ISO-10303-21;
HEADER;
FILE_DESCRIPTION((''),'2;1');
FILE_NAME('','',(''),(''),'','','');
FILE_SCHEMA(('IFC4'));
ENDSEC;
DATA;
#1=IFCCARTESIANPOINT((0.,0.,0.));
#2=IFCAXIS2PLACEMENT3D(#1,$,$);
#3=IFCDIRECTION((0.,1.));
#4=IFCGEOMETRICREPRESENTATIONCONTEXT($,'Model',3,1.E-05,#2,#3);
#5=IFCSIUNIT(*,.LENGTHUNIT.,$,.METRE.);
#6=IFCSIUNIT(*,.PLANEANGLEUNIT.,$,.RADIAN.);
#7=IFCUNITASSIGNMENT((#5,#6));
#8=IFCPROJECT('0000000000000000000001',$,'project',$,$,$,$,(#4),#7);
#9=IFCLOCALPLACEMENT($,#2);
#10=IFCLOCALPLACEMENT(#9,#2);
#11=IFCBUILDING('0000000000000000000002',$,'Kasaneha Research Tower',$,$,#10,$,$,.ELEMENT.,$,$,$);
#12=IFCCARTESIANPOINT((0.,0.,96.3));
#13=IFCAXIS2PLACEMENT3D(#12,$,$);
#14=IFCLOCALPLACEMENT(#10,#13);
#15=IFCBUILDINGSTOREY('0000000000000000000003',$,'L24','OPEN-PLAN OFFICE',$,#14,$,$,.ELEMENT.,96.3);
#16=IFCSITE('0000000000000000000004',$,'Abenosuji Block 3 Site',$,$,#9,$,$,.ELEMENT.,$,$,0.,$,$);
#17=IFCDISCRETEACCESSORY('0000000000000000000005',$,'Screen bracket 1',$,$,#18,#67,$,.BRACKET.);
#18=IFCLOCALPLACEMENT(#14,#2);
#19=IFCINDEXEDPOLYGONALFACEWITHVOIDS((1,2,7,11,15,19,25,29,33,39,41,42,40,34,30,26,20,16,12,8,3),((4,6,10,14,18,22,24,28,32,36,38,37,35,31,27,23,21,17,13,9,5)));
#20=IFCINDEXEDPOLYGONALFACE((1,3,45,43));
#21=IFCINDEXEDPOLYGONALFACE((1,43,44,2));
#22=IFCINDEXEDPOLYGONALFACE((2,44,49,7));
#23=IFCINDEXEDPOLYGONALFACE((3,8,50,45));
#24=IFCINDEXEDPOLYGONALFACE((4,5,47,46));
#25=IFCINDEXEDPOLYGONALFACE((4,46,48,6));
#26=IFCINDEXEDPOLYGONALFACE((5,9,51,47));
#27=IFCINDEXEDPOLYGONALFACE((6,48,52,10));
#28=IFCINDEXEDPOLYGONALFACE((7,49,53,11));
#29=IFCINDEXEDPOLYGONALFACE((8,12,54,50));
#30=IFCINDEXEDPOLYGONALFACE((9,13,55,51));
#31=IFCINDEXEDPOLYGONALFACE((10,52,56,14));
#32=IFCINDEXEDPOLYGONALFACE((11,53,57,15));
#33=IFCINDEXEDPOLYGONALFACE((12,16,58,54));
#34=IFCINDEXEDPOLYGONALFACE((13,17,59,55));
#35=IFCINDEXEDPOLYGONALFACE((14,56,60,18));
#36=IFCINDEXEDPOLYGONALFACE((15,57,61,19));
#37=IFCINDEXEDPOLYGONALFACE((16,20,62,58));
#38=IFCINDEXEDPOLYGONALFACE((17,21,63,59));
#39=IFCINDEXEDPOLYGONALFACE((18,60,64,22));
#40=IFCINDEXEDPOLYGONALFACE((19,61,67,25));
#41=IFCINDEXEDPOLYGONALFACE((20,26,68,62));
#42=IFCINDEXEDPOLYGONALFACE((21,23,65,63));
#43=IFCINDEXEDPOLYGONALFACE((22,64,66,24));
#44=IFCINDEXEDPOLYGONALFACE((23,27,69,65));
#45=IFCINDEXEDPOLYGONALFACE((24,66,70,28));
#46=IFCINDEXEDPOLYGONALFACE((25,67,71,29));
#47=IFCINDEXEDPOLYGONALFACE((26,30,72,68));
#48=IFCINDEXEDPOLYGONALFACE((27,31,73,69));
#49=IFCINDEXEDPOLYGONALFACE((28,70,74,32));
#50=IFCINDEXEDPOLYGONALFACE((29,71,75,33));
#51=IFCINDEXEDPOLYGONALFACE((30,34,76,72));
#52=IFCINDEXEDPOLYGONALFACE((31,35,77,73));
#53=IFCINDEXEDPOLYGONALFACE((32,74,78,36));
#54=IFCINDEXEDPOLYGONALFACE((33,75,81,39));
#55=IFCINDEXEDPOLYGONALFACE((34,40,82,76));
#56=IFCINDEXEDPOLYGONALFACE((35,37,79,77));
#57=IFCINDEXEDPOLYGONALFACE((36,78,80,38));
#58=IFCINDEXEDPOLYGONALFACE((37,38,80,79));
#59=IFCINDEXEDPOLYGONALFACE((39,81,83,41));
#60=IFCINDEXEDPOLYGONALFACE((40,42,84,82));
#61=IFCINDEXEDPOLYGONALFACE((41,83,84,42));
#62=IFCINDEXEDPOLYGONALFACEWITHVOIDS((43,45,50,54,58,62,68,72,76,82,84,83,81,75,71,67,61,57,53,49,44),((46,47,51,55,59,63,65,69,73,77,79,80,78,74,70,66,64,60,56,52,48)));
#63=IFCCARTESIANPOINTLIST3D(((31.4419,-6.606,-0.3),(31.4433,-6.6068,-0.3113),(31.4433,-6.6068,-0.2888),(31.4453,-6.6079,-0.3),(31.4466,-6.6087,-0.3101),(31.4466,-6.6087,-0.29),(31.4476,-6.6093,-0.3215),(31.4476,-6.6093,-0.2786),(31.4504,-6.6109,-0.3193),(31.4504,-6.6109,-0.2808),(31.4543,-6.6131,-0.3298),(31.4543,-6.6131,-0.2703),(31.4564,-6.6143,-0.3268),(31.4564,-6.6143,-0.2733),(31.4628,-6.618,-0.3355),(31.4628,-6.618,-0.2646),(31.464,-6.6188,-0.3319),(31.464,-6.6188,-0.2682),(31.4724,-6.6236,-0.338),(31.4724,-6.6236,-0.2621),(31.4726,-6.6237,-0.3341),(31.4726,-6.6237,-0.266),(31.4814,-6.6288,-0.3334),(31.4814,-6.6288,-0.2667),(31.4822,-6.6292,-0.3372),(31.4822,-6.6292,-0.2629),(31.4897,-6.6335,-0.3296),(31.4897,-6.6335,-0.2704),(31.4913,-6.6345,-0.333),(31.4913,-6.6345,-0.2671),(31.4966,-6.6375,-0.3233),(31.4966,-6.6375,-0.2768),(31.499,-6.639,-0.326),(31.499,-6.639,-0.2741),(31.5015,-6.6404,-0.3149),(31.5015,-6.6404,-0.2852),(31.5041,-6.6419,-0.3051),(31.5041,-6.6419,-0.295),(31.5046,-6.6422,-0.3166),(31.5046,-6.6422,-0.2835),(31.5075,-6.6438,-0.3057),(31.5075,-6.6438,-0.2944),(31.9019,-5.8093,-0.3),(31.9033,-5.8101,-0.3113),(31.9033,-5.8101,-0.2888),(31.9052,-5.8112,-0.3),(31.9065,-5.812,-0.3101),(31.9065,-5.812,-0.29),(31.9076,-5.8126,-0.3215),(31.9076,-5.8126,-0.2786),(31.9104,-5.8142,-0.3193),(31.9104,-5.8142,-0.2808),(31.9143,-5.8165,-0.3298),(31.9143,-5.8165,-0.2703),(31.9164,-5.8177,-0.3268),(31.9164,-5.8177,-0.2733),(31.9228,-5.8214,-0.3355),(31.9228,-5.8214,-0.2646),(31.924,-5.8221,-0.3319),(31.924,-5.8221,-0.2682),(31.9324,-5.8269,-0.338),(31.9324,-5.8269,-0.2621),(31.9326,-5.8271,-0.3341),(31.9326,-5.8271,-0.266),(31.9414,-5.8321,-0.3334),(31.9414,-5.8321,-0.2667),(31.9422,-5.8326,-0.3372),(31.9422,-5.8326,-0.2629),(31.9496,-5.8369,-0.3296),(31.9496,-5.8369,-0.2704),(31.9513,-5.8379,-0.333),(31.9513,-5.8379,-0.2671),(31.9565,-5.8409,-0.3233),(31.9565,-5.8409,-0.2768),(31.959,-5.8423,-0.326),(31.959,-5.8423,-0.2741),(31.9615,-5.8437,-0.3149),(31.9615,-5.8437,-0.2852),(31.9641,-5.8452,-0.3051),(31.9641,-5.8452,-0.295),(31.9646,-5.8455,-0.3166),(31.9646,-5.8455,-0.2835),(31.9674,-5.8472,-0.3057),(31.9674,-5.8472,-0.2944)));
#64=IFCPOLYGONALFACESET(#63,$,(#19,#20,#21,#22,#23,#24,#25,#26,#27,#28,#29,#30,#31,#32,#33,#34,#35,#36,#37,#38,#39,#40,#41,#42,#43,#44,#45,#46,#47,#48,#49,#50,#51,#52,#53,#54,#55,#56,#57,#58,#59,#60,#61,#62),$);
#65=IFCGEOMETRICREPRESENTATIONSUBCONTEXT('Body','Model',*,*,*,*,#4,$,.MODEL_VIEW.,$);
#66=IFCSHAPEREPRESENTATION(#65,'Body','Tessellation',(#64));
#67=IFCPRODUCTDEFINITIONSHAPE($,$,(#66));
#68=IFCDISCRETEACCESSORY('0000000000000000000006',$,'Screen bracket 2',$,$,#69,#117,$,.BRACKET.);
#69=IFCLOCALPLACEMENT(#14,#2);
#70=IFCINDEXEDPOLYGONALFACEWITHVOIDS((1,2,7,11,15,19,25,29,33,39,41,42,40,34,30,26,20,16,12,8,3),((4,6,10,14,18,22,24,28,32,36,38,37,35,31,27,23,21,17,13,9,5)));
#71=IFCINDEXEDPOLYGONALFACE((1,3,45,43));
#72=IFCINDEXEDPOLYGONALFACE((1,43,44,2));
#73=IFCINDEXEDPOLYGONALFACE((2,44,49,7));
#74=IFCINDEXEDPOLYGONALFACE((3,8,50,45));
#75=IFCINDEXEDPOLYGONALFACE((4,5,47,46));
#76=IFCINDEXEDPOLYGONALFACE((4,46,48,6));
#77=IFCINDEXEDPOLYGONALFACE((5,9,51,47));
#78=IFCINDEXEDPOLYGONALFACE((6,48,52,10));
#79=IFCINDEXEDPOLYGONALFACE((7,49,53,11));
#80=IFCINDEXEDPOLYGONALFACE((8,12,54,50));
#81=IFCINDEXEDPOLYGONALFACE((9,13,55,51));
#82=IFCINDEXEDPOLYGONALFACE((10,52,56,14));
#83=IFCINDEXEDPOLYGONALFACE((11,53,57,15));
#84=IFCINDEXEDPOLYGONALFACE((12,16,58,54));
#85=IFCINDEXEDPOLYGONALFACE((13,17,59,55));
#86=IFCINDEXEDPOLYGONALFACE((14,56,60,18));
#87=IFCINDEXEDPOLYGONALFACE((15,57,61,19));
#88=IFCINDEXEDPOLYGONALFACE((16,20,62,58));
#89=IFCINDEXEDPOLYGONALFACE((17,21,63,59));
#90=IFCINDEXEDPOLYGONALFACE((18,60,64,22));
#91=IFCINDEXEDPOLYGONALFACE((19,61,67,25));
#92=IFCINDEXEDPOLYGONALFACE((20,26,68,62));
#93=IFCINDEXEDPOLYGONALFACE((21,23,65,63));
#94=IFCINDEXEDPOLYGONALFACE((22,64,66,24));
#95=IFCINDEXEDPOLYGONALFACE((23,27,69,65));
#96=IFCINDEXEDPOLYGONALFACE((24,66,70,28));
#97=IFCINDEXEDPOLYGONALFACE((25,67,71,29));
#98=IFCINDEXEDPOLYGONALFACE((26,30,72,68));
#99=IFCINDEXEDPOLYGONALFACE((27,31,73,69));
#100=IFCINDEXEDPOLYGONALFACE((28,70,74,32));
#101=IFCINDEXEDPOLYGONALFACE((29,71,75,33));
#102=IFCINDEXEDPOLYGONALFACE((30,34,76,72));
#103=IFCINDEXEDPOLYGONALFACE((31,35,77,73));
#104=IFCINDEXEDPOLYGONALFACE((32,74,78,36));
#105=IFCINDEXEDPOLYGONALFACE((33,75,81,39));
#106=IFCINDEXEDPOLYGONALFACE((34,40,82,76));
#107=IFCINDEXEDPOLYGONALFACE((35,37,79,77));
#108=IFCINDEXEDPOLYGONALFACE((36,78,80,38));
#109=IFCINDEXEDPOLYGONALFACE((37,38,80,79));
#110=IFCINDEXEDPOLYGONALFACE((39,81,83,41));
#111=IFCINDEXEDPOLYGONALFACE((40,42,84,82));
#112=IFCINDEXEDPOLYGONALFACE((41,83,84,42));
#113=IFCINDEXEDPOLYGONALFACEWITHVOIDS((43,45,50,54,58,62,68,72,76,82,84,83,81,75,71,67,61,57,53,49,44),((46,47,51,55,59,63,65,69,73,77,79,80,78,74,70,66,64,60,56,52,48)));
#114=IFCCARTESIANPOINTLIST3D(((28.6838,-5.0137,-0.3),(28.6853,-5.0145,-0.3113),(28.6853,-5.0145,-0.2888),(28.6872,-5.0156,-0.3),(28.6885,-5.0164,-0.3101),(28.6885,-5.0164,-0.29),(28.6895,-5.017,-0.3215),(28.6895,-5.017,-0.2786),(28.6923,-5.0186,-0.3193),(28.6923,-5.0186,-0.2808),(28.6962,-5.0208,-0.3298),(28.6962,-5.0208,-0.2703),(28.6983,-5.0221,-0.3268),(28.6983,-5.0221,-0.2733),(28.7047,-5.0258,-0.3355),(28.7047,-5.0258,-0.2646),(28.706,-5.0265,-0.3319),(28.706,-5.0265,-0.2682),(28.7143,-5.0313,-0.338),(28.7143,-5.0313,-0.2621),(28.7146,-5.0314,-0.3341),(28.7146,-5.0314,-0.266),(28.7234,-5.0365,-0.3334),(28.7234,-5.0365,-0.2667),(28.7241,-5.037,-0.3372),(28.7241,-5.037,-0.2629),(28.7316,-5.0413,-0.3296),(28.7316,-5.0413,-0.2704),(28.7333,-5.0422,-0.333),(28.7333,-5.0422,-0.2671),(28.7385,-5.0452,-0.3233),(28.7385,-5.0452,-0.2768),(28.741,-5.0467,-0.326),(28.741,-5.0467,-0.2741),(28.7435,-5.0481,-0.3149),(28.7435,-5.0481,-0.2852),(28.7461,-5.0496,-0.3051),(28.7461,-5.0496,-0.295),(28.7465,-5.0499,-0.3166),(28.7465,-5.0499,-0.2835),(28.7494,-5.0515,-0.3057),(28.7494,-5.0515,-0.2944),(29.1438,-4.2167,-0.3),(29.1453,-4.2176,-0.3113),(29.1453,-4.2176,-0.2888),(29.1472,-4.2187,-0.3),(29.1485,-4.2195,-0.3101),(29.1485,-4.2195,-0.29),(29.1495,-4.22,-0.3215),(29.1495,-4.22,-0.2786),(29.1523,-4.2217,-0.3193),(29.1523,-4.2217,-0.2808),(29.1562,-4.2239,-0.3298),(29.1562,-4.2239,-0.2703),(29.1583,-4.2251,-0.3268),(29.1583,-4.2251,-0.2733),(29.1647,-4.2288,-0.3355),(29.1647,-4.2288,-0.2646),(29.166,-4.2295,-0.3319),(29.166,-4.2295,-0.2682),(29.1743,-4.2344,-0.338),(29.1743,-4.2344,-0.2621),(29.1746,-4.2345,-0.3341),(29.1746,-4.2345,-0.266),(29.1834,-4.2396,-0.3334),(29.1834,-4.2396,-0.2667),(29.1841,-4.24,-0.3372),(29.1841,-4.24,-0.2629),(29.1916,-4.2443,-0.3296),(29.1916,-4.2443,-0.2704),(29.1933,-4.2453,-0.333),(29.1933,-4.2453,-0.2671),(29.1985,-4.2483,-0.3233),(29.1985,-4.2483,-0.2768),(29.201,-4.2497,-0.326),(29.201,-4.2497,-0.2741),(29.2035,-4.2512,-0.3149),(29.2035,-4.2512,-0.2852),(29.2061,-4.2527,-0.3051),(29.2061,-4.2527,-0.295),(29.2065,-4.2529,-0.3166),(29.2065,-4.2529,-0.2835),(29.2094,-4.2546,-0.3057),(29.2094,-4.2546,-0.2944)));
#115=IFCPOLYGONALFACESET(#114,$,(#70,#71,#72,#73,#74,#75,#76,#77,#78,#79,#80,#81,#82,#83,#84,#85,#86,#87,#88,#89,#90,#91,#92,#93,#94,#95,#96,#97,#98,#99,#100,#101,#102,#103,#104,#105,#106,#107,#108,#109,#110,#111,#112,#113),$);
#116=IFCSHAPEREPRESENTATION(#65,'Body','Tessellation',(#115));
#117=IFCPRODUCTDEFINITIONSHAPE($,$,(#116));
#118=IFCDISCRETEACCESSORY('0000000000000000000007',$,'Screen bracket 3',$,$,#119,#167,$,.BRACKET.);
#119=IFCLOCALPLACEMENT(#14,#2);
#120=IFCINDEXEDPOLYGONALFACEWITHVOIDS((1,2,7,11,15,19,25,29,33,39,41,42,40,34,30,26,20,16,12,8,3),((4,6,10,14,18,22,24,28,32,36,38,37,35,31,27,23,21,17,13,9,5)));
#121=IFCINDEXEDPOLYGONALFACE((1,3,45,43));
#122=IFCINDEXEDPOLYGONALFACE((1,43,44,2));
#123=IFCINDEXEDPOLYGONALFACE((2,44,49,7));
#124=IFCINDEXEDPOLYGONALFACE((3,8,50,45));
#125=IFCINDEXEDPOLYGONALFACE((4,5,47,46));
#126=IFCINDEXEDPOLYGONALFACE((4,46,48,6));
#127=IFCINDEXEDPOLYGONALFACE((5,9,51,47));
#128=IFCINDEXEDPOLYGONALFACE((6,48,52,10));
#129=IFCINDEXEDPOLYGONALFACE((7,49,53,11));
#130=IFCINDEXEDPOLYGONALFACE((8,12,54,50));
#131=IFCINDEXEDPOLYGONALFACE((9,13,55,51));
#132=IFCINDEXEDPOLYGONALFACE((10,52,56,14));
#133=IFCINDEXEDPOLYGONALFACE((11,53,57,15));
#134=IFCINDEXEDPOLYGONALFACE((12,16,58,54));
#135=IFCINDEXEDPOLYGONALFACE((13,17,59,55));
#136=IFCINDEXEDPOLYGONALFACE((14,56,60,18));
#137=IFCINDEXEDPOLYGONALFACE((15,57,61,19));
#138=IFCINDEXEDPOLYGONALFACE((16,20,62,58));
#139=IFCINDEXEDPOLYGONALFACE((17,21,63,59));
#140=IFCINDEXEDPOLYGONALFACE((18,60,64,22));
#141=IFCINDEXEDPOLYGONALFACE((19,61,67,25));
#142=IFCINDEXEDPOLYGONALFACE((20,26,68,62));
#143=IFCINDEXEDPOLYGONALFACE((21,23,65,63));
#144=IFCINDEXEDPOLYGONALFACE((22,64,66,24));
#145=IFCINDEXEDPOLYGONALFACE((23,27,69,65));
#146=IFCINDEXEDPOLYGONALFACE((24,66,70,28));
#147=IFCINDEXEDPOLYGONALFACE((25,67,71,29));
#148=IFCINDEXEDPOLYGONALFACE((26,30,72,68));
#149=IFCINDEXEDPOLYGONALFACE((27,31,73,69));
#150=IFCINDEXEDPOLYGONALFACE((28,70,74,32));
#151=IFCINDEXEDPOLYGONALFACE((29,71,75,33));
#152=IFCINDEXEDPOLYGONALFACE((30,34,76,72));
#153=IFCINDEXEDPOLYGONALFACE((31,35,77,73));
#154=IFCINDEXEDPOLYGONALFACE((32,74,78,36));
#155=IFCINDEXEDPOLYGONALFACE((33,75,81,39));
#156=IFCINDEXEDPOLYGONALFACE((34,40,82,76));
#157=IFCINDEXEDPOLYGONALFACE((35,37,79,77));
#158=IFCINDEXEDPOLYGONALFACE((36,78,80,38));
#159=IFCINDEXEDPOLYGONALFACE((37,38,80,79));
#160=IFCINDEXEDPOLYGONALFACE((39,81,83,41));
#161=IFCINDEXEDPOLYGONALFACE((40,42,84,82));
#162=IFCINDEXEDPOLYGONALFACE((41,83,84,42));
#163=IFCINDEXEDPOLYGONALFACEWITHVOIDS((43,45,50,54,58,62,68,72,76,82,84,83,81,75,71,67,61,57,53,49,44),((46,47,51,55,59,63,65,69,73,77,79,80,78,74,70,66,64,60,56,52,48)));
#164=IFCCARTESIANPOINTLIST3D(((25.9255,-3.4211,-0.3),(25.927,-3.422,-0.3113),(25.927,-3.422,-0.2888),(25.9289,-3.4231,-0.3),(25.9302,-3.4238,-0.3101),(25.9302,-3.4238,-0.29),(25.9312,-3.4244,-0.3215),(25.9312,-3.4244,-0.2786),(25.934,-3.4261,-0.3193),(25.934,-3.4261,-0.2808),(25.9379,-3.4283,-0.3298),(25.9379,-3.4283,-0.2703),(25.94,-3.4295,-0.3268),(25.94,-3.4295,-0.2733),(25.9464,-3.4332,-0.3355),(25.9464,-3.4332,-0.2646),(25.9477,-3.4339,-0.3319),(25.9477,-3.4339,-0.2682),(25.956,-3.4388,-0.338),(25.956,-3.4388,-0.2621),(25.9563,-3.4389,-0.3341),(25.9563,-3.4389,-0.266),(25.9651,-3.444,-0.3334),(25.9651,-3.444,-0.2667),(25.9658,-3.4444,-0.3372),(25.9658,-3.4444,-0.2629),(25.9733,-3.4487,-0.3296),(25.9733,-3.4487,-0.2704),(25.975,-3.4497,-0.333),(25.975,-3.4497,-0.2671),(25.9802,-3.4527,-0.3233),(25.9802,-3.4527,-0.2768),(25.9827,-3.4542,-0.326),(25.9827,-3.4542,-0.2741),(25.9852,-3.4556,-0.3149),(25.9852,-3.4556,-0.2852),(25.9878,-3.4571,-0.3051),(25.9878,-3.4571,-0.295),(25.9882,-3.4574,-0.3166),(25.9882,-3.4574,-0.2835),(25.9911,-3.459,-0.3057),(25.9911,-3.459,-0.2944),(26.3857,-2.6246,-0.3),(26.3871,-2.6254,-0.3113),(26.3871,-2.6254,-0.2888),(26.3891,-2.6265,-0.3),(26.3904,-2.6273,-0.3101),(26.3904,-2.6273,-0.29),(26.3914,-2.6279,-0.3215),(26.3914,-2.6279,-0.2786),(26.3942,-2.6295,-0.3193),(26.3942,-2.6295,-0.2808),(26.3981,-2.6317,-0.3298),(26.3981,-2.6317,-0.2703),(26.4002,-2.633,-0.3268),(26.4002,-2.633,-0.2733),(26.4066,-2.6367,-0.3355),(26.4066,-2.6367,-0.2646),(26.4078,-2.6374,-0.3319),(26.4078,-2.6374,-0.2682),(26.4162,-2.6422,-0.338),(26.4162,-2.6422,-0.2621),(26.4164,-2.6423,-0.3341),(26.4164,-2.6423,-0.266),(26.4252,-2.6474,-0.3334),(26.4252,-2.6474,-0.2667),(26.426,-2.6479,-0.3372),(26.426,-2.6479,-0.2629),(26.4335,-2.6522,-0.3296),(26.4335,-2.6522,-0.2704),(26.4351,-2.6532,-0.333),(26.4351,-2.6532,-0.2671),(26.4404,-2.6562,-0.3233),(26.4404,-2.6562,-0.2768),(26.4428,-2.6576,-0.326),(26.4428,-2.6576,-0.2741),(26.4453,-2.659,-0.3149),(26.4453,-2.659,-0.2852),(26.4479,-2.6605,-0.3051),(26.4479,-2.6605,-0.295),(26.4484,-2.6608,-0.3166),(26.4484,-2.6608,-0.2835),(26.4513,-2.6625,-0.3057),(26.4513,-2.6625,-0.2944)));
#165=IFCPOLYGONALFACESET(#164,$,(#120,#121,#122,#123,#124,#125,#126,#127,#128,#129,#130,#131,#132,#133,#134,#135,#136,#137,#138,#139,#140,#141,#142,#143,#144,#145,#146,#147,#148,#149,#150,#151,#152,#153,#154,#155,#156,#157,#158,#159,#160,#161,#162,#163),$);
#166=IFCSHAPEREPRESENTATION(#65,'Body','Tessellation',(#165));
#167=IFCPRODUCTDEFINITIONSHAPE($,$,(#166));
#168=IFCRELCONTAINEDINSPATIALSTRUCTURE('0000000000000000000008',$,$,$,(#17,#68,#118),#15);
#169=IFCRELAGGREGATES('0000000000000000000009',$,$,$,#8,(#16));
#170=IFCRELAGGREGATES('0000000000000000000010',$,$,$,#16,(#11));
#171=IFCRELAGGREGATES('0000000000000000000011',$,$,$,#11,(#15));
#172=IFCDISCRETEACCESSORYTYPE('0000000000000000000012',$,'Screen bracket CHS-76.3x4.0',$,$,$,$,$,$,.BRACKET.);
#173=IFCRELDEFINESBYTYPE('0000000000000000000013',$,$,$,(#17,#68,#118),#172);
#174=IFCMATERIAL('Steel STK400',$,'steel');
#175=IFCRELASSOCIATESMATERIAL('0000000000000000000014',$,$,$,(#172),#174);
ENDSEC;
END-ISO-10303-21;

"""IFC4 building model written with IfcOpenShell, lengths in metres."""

from ifc_helpers import new_model, si_unit, direction, frame, origin, origin_2d, place, context, subcontext, project, spatial, hollow_circle, extrude, material, material_profile, profile_set, type_object, element, save


model = new_model("IFC4")

# Units and contexts
model_context = context("Model", 3, precision=1e-05, world=origin(), true_north=direction((0.0, 1.0)))
body_context = subcontext(model_context, "Body", "Model", "MODEL_VIEW")
ifc_project = project(units=[si_unit("LENGTHUNIT", "METRE"), si_unit("PLANEANGLEUNIT", "RADIAN")], contexts=[model_context])

# Site, building, storey
site_placement = place(None, origin())
site = spatial("IfcSite", under=ifc_project, at=site_placement, Name="Abenosuji Block 3 Site", CompositionType="ELEMENT", RefElevation=0.0)
building_placement = place(site_placement, origin())
building = spatial("IfcBuilding", under=site, at=building_placement, Name="Kasaneha Research Tower", CompositionType="ELEMENT")
storey_placement = place(building_placement, frame((0.0, 0.0, 96.3)))
storey = spatial("IfcBuildingStorey", under=building, at=storey_placement, Name="L24", Description="OPEN-PLAN OFFICE", CompositionType="ELEMENT", Elevation=96.3)

# Discrete accessories
ifc_material_1 = material(Name="Steel STK400", Category="steel")
ifc_material_profile_1 = material_profile(ifc_material_1, hollow_circle(Radius=0.0381, WallThickness=0.0039, at=origin_2d()), Name="CHS-76.3x4.0")
ifc_profile_set_1 = profile_set([ifc_material_profile_1], Name="Steel STK400")
discrete_accessory_type = type_object("IfcDiscreteAccessoryType", Name="Screen bracket CHS-76.3x4.0", PredefinedType="BRACKET", material=ifc_profile_set_1)
discrete_accessory_1_placement = place(storey_placement, frame((31.4749, -6.625, -0.3), z_axis=(0.500021, 0.866013, 0.0), x_axis=(-0.866013, 0.500021, 0.0)))
element("IfcDiscreteAccessory", 1, at=discrete_accessory_1_placement, inside=storey, type_object=discrete_accessory_type, Name="Screen bracket 1", PredefinedType="BRACKET", context=body_context, shape_type="SweptSolid", body=[
    extrude(hollow_circle(Radius=0.0381, WallThickness=0.0039, at=origin_2d()), origin(), (0.0, 0.0, 1.0), 0.9199),
])
discrete_accessory_2_placement = place(storey_placement, frame((28.7168, -5.0327, -0.3), z_axis=(0.499906, 0.86608, 0.0), x_axis=(-0.86608, 0.499906, 0.0)))
element("IfcDiscreteAccessory", 2, at=discrete_accessory_2_placement, inside=storey, type_object=discrete_accessory_type, Name="Screen bracket 2", PredefinedType="BRACKET", context=body_context, shape_type="SweptSolid", body=[
    extrude(hollow_circle(Radius=0.0381, WallThickness=0.0039, at=origin_2d()), origin(), (0.0, 0.0, 1.0), 0.9202),
])
discrete_accessory_3_placement = place(storey_placement, frame((25.9585, -3.4402, -0.3), z_axis=(0.50022, 0.865898, 0.0), x_axis=(-0.865898, 0.50022, 0.0)))
element("IfcDiscreteAccessory", 3, at=discrete_accessory_3_placement, inside=storey, type_object=discrete_accessory_type, Name="Screen bracket 3", PredefinedType="BRACKET", context=body_context, shape_type="SweptSolid", body=[
    extrude(hollow_circle(Radius=0.0381, WallThickness=0.0039, at=origin_2d()), origin(), (0.0, 0.0, 1.0), 0.9199),
])

save(model, "model.ifc")
